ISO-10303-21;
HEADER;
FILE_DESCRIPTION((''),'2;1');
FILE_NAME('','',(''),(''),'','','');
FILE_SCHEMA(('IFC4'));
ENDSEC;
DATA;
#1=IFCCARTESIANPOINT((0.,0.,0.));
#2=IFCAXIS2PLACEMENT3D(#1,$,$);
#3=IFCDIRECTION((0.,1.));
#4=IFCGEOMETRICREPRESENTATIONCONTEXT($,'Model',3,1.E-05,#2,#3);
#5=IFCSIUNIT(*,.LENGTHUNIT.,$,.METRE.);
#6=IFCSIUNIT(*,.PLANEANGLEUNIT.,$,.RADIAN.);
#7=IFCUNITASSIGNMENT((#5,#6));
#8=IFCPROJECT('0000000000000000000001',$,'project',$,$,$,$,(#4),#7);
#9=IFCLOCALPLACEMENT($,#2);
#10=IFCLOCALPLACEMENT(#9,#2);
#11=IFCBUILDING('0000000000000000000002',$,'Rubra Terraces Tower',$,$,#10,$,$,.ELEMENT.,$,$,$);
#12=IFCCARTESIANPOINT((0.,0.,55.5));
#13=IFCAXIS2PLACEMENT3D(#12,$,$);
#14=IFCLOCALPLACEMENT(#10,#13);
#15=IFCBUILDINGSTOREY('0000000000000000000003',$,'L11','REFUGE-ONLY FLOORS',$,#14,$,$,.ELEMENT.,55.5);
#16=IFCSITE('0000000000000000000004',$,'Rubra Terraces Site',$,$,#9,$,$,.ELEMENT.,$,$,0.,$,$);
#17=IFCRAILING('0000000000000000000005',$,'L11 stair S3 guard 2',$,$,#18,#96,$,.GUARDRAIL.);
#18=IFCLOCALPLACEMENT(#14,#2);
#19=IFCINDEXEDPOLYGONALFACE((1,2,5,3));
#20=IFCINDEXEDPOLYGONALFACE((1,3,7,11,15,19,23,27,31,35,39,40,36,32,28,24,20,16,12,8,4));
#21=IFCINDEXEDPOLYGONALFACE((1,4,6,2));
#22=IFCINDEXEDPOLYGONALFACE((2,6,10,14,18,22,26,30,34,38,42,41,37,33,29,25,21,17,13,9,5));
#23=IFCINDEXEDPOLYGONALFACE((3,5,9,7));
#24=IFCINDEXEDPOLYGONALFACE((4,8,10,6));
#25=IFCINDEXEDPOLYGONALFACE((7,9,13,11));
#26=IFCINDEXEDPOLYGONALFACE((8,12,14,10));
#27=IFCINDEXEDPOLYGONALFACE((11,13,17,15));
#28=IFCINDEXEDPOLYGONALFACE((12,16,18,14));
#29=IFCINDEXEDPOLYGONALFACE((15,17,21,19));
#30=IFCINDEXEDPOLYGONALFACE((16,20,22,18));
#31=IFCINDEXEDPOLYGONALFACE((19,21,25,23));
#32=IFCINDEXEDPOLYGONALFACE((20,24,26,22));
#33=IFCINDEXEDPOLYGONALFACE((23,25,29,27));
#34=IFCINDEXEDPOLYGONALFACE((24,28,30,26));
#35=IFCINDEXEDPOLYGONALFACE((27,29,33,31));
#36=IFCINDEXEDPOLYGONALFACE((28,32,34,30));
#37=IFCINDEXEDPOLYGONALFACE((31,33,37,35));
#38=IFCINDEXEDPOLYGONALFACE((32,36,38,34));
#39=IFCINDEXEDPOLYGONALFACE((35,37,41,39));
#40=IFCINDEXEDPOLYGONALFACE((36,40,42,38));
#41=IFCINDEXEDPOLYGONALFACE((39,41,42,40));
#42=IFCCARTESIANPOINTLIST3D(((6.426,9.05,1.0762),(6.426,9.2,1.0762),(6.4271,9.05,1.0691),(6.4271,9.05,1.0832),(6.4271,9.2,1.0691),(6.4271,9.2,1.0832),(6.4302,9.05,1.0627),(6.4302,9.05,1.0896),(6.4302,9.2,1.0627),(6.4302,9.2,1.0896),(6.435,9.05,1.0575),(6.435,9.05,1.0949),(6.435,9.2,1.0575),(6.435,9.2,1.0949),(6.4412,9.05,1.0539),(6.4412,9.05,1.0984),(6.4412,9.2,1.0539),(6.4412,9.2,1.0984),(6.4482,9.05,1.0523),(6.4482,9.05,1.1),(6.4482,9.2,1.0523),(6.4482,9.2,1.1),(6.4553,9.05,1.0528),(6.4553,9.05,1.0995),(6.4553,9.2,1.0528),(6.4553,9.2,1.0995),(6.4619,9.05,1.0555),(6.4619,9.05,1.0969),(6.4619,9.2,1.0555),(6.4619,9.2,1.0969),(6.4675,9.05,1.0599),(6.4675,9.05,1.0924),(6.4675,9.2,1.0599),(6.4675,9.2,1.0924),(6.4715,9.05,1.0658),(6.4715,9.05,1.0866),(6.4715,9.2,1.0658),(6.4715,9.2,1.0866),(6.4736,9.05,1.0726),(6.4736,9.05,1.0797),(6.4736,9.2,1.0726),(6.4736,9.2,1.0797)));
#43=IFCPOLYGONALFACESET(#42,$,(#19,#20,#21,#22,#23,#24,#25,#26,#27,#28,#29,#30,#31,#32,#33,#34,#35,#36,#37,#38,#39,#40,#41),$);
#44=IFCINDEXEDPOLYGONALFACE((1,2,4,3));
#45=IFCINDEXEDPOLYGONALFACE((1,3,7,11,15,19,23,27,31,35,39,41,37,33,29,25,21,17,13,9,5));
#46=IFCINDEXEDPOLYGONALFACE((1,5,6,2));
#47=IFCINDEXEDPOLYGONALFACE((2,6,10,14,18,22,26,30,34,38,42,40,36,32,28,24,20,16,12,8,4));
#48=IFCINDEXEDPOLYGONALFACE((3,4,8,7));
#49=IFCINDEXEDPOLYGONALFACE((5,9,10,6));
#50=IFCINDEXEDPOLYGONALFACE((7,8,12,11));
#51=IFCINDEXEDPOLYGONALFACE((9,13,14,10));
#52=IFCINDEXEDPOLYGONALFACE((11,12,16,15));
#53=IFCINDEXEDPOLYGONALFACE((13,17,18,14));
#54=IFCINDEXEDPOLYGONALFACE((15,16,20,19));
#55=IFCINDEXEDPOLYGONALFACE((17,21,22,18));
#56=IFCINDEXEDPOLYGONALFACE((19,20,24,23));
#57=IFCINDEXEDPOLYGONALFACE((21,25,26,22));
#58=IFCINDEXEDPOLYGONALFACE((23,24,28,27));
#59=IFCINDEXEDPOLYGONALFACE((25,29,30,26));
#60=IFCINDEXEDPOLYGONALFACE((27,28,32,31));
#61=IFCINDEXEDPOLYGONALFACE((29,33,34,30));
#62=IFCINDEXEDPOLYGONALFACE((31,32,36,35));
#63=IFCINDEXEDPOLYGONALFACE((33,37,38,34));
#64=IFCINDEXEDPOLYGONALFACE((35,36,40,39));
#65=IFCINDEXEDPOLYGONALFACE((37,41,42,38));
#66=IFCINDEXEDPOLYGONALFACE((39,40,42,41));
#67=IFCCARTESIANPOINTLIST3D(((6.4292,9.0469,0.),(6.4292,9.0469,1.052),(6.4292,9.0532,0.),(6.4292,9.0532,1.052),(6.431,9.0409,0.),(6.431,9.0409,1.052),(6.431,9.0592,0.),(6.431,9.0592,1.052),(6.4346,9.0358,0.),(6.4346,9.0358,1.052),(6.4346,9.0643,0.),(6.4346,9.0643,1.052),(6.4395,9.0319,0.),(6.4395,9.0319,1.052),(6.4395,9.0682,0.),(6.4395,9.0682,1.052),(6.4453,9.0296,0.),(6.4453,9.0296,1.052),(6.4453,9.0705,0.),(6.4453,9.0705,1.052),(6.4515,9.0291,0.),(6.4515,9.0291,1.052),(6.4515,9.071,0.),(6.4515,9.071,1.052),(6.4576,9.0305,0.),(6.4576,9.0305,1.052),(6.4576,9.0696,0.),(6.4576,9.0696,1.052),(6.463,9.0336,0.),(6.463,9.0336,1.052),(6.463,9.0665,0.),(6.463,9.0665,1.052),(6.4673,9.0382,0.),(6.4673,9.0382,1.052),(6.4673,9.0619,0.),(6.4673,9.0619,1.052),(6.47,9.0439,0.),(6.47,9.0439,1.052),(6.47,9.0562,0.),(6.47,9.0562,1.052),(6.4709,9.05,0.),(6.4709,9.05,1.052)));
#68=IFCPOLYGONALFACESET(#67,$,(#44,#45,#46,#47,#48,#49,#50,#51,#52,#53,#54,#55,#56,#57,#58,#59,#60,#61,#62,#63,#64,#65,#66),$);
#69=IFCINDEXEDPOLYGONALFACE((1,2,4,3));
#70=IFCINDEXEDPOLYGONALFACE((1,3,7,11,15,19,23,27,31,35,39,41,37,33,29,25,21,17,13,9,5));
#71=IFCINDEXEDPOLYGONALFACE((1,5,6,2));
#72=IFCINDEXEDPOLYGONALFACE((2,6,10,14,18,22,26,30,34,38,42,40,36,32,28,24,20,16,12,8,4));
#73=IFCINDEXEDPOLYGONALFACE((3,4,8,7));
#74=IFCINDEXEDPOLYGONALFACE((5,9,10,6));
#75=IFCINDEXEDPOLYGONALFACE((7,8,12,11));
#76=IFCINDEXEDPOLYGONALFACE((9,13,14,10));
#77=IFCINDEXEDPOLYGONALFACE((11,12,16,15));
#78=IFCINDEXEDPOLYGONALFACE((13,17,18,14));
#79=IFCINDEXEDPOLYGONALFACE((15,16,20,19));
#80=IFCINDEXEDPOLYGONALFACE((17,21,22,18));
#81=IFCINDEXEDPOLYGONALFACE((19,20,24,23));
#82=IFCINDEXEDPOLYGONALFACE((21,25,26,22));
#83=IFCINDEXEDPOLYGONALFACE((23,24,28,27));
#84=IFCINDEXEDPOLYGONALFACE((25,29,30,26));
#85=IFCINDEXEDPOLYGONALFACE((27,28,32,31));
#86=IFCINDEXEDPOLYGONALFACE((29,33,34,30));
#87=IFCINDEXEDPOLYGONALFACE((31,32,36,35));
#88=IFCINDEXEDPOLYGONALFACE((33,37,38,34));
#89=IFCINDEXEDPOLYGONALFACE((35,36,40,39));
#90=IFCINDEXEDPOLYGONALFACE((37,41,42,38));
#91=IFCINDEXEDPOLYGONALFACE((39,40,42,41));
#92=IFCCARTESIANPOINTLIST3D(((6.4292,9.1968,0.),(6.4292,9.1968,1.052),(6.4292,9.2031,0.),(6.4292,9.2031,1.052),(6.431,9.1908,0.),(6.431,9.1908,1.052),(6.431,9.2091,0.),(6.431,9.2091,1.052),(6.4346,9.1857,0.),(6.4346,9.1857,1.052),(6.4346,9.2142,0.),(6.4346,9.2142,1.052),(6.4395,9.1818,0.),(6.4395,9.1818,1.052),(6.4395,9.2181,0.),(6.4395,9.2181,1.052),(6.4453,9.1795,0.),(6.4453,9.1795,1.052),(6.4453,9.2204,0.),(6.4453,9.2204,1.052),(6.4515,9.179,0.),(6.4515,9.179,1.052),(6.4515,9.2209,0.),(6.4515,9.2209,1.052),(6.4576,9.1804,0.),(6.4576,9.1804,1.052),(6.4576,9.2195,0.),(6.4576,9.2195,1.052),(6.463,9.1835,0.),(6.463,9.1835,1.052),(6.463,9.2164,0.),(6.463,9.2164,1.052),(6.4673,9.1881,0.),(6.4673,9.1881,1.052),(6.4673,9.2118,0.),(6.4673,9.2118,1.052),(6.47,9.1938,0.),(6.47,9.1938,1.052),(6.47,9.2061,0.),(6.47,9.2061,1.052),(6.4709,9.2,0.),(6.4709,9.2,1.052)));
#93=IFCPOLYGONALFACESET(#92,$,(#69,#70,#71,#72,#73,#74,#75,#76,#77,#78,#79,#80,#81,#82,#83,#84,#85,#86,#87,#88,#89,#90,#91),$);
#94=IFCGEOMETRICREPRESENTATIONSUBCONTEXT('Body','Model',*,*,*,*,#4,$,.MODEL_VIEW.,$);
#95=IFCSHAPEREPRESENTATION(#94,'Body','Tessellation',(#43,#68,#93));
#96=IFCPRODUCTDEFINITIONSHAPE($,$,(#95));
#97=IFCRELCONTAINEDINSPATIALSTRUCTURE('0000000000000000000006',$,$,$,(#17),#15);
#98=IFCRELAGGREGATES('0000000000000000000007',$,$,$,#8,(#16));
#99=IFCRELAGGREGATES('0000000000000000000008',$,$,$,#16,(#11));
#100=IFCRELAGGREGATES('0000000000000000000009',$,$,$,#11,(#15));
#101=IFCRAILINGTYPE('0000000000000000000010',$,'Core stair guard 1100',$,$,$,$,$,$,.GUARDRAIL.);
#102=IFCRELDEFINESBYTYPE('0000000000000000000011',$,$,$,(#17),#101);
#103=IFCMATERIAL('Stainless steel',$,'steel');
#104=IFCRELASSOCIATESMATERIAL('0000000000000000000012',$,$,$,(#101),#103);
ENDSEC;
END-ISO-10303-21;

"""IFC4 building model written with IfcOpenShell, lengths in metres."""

from ifc_helpers import new_model, si_unit, direction, frame, origin, origin_2d, place, context, subcontext, project, spatial, circle, extrude, material, type_object, element, save


model = new_model("IFC4")

# Units and contexts
model_context = context("Model", 3, precision=1e-05, world=origin(), true_north=direction((0.0, 1.0)))
body_context = subcontext(model_context, "Body", "Model", "MODEL_VIEW")
ifc_project = project(units=[si_unit("LENGTHUNIT", "METRE"), si_unit("PLANEANGLEUNIT", "RADIAN")], contexts=[model_context])

# Site, building, storey
site_placement = place(None, origin())
site = spatial("IfcSite", under=ifc_project, at=site_placement, Name="Rubra Terraces Site", CompositionType="ELEMENT", RefElevation=0.0)
building_placement = place(site_placement, origin())
building = spatial("IfcBuilding", under=site, at=building_placement, Name="Rubra Terraces Tower", CompositionType="ELEMENT")
storey_placement = place(building_placement, frame((0.0, 0.0, 55.5)))
storey = spatial("IfcBuildingStorey", under=building, at=storey_placement, Name="L11", Description="REFUGE-ONLY FLOORS", CompositionType="ELEMENT", Elevation=55.5)

# Shared definitions
ifc_material_1 = material(Name="Stainless steel", Category="steel")

# Railing
railing_type_1 = type_object("IfcRailingType", Name="Core stair guard 1100", PredefinedType="GUARDRAIL", material=ifc_material_1)
railing_1_placement = place(storey_placement, frame((6.45, 9.05, 0.0)))
element("IfcRailing", 1, at=railing_1_placement, inside=storey, type_object=railing_type_1, Name="L11 stair S3 guard 2", PredefinedType="GUARDRAIL", context=body_context, shape_type="SweptSolid", body=[
    extrude(circle(Radius=0.0239, at=origin_2d()), frame((0.0, 0.0, 1.0762), z_axis=(0.0, 1.0, 0.0), x_axis=(-1.0, 0.0, 0.0)), (0.0, 0.0, 1.0), 0.1499),
    extrude(circle(Radius=0.021, at=origin_2d()), origin(), (0.0, 0.0, 1.0), 1.052),
    extrude(circle(Radius=0.021, at=origin_2d()), frame((0.0, 0.1499, 0.0)), (0.0, 0.0, 1.0), 1.052),
])

save(model, "model.ifc")
